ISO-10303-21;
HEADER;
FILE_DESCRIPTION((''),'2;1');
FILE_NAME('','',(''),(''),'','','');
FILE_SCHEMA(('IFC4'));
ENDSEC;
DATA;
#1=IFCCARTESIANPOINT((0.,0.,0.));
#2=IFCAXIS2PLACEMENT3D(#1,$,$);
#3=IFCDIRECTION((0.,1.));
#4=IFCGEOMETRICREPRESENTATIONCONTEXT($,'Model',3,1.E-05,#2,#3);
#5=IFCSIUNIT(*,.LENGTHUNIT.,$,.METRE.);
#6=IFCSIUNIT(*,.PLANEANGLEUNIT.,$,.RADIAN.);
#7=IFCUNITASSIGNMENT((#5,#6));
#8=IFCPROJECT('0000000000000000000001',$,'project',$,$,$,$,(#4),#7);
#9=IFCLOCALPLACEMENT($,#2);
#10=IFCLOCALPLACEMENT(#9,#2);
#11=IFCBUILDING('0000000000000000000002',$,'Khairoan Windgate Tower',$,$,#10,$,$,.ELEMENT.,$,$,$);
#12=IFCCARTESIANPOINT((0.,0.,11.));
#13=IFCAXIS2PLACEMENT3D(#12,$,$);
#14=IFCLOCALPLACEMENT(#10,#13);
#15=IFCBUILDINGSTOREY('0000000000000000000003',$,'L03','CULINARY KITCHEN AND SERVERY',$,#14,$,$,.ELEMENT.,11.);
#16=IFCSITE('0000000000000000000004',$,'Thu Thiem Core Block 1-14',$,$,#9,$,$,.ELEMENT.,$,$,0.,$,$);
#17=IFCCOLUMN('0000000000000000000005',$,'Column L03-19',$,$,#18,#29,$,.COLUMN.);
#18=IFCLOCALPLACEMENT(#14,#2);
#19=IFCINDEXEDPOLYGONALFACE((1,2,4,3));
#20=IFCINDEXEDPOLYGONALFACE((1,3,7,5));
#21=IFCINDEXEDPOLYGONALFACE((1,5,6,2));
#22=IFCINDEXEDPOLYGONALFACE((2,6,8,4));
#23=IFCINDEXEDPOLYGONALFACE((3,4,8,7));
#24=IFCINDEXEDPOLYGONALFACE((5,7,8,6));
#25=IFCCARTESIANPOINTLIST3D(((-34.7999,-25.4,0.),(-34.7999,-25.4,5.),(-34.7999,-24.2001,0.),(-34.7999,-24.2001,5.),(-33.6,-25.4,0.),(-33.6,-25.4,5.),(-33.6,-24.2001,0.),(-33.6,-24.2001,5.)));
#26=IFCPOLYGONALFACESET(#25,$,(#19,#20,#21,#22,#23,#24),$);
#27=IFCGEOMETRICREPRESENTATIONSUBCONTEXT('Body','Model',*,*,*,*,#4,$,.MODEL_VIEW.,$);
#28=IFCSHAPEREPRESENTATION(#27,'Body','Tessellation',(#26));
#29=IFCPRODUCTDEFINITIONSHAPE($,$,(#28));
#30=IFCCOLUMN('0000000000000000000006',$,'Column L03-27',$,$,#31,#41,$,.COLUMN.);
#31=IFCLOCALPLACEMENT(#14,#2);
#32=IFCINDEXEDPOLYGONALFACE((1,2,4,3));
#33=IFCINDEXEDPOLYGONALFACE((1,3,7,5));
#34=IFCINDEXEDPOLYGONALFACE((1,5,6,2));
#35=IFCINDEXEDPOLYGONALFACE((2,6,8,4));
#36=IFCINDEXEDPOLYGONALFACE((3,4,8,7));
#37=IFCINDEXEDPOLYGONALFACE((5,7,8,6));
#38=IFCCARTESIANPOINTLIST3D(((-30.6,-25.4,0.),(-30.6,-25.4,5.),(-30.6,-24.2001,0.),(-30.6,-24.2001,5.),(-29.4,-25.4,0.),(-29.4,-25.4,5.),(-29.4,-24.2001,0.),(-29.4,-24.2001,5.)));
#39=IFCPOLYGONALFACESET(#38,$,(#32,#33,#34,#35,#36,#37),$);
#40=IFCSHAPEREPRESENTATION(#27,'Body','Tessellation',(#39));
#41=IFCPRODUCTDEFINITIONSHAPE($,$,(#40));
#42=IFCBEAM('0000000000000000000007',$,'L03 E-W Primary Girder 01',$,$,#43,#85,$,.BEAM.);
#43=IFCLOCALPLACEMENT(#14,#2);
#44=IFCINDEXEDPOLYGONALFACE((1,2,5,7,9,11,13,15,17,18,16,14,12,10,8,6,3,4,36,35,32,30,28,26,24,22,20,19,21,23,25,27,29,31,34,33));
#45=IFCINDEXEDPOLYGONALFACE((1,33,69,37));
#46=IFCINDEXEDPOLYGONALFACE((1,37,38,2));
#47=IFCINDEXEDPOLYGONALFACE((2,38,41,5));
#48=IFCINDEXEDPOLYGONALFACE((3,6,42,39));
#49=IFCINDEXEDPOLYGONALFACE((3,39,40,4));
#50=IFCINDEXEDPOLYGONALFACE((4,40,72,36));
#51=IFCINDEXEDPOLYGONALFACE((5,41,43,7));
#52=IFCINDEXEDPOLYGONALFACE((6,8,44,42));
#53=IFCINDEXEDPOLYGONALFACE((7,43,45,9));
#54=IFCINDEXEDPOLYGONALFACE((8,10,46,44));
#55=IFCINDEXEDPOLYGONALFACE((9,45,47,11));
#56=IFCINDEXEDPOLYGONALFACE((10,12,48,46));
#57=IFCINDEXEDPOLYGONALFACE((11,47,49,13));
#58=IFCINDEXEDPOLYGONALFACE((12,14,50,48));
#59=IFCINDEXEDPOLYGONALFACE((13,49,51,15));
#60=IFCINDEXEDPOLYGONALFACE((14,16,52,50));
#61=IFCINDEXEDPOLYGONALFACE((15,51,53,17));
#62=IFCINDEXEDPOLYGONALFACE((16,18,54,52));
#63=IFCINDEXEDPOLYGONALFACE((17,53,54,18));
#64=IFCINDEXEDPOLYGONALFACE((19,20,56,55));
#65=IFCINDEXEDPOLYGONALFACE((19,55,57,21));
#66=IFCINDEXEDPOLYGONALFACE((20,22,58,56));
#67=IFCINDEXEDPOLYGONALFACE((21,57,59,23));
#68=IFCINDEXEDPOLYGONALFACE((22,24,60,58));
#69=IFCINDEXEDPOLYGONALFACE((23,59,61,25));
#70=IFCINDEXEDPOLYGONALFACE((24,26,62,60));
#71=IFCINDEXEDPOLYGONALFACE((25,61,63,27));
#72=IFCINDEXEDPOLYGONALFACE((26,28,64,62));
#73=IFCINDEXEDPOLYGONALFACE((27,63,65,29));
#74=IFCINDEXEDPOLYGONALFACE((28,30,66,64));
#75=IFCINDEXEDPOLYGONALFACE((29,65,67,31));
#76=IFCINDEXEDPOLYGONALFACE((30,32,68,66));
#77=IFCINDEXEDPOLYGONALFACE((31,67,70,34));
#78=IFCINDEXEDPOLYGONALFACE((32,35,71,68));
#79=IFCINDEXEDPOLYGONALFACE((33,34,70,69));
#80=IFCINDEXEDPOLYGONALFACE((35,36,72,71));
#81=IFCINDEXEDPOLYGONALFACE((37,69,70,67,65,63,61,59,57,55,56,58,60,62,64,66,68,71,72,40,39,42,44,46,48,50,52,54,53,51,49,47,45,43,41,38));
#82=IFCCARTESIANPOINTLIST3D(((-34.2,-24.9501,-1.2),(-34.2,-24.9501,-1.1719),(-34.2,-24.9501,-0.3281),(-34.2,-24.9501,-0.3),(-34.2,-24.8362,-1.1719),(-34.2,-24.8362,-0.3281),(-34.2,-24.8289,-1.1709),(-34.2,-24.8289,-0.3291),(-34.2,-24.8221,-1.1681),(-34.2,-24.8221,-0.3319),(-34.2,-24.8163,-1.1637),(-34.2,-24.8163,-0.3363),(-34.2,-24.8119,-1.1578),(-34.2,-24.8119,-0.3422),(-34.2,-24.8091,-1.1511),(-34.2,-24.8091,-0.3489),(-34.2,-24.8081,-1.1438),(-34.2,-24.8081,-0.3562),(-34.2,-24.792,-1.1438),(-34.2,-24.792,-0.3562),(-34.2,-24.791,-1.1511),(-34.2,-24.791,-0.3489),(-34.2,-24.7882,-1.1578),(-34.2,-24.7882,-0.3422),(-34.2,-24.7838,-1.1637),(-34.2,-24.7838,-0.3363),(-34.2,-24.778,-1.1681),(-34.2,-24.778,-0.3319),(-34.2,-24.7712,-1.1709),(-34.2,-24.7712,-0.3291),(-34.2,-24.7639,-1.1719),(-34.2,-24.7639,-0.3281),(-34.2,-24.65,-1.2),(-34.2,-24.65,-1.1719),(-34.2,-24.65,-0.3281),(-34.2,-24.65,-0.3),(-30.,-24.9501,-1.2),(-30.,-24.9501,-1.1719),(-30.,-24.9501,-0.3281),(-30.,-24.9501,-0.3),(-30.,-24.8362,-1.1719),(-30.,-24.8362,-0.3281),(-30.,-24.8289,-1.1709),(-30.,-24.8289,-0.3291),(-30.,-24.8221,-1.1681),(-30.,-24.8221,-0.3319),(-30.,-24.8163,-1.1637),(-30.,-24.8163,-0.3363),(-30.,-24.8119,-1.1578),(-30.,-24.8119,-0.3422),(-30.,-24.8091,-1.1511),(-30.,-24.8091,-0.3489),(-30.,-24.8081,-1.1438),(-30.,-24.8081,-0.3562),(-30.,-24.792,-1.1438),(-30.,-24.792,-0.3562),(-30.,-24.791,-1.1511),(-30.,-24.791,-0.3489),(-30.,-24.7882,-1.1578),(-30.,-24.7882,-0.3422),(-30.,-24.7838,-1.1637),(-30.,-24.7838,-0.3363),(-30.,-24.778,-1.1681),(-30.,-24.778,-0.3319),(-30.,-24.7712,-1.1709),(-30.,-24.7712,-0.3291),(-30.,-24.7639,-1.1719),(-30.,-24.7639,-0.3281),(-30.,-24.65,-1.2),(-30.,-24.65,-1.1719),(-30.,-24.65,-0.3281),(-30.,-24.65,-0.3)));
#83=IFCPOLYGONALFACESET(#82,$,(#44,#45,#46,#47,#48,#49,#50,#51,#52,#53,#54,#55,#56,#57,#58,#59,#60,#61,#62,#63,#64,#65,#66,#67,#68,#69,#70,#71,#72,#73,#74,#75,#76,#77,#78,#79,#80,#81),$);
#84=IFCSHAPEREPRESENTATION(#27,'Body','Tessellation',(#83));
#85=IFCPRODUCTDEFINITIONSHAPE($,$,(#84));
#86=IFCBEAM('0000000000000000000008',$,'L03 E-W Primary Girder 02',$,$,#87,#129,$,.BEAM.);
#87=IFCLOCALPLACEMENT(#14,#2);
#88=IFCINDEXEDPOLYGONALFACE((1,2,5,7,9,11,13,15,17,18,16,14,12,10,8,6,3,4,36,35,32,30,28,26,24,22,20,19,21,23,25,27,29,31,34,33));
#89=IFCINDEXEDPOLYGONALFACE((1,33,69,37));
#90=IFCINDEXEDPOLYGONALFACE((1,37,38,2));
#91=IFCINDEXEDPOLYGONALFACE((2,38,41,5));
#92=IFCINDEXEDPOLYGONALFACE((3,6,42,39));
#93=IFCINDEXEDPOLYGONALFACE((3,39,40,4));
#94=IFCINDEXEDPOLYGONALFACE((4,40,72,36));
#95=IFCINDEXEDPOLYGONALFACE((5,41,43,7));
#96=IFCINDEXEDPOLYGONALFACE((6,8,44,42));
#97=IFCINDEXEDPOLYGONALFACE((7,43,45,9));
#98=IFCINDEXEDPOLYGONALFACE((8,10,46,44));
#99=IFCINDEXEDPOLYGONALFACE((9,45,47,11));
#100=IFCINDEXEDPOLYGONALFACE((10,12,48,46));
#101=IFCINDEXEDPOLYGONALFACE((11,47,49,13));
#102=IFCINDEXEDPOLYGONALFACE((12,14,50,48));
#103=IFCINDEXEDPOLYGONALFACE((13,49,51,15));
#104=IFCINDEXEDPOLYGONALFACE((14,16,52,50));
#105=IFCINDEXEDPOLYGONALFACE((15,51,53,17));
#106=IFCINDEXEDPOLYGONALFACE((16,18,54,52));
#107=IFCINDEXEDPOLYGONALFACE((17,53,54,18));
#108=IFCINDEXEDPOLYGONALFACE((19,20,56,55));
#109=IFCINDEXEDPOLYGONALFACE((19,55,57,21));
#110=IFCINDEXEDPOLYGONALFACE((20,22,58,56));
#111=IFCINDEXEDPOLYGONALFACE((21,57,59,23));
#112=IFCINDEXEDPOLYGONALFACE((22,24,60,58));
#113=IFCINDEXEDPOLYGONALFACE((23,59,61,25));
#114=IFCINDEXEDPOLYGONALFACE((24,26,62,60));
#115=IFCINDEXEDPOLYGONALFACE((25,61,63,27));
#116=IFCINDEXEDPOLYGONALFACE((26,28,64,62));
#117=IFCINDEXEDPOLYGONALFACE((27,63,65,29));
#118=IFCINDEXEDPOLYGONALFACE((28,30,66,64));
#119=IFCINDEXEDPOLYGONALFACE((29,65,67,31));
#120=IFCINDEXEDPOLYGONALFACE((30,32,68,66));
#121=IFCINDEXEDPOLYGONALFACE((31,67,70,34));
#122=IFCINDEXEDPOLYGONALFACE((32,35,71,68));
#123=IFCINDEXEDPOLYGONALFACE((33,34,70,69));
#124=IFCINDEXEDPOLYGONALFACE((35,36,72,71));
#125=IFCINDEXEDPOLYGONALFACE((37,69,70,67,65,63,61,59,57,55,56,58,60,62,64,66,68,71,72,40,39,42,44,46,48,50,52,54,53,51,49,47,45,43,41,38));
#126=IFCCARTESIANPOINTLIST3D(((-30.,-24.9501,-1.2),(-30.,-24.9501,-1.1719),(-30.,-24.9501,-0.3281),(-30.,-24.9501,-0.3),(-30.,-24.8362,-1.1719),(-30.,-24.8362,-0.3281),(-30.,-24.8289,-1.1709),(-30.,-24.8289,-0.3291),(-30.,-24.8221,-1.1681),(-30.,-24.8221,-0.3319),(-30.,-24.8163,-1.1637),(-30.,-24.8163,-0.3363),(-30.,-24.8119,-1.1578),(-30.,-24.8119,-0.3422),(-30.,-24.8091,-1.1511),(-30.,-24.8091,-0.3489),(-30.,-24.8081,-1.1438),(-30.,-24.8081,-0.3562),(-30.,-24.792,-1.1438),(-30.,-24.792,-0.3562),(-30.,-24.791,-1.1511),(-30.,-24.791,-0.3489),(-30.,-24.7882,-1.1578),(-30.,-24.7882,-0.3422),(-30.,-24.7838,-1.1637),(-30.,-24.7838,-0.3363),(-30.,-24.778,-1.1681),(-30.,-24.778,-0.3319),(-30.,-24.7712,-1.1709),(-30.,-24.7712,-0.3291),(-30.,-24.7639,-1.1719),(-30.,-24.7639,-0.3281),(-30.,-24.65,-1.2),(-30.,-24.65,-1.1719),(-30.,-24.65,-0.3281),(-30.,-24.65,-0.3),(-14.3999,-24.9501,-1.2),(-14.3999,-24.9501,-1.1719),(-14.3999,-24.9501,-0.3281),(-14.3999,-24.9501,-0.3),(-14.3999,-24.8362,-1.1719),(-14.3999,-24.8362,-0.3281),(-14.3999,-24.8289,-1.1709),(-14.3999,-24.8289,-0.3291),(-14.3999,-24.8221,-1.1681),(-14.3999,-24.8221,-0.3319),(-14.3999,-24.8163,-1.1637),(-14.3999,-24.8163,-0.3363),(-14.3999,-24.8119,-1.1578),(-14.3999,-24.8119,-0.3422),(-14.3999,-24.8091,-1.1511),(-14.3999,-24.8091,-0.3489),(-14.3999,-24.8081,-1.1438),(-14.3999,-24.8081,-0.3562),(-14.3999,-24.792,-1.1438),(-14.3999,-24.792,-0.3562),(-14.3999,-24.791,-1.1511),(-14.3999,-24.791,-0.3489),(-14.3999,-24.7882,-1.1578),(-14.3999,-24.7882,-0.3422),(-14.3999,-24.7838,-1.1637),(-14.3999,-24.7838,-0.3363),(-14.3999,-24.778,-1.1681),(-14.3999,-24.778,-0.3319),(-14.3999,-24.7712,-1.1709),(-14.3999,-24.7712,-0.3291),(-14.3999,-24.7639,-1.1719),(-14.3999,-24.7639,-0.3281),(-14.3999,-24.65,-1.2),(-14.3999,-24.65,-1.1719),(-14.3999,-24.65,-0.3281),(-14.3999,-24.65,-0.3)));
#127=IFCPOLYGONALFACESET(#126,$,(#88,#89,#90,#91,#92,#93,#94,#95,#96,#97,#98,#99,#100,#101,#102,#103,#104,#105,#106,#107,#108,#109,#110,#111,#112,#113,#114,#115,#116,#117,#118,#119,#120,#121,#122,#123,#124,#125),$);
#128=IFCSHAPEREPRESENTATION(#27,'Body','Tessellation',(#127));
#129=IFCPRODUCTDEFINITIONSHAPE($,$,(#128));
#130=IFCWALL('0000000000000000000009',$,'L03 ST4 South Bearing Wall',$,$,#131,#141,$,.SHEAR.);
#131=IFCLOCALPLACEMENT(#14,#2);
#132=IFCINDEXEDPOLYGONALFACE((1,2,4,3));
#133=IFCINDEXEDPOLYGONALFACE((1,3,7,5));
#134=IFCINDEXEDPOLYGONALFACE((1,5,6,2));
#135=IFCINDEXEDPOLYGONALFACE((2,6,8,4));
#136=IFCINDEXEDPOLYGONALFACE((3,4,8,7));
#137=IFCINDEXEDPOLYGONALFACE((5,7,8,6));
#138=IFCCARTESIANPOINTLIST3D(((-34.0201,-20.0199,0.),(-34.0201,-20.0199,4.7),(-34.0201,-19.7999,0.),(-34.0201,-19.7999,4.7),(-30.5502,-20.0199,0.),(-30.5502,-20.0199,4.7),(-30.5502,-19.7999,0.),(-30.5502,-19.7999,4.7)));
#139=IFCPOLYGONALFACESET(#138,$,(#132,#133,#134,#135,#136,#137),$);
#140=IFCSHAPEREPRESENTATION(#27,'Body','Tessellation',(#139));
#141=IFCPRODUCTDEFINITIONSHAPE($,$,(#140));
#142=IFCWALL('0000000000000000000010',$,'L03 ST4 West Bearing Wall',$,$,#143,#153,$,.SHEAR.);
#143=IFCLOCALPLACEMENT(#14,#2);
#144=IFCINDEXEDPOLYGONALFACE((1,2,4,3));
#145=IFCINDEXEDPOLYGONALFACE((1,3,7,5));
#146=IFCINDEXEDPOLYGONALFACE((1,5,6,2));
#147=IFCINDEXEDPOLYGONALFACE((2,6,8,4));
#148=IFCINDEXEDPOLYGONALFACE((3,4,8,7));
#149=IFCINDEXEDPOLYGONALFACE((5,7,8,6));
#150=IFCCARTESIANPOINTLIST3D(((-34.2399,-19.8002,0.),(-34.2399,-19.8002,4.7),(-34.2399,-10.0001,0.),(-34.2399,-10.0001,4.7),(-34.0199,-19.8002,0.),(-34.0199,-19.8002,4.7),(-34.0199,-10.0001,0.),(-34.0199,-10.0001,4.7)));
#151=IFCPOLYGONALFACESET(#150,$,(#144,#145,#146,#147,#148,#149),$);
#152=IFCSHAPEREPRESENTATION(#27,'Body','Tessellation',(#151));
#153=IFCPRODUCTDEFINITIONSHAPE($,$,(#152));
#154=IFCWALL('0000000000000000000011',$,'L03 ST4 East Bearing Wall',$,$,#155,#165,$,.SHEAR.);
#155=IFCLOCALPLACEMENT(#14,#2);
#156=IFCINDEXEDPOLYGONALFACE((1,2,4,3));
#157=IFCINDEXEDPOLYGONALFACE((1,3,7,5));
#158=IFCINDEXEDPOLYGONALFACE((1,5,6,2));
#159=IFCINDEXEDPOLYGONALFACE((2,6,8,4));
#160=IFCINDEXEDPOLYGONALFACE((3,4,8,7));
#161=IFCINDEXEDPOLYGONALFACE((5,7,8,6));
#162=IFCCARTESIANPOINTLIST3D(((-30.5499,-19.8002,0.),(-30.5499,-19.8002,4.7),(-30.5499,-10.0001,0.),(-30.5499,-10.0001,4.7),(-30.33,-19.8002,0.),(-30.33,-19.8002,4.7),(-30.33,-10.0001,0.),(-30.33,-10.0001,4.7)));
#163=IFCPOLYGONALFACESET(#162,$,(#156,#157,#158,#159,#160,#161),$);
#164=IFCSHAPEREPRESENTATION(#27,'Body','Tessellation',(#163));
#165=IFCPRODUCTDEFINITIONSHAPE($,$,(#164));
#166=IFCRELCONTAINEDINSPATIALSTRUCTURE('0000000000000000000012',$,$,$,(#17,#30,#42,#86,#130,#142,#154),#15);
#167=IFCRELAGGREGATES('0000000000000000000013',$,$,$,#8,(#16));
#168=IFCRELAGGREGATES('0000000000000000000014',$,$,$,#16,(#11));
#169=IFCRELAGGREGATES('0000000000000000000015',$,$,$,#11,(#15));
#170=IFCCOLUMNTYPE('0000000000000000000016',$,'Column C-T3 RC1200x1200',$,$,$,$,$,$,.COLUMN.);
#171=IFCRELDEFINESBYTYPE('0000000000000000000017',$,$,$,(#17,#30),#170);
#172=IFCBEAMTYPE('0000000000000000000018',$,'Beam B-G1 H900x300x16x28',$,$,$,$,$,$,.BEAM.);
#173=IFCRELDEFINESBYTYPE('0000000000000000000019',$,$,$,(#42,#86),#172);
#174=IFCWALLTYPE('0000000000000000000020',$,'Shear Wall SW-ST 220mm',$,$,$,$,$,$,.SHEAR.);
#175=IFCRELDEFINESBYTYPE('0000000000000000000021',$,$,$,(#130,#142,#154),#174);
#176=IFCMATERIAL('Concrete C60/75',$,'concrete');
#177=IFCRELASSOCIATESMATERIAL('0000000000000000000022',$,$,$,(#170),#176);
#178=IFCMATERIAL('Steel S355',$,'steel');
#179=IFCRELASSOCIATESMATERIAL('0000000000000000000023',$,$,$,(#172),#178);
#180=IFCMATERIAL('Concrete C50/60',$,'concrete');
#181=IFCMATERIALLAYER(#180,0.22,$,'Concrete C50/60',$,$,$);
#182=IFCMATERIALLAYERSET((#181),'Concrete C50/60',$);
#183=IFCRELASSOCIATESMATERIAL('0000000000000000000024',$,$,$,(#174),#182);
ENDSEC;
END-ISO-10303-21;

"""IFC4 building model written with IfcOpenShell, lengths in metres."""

from ifc_helpers import new_model, si_unit, direction, frame, frame_2d, origin, origin_2d, place, context, subcontext, project, spatial, rectangle, i_section, extrude, material, layer, layer_set, material_profile, profile_set, type_object, element, save


model = new_model("IFC4")

# Units and contexts
model_context = context("Model", 3, precision=1e-05, world=origin(), true_north=direction((0.0, 1.0)))
body_context = subcontext(model_context, "Body", "Model", "MODEL_VIEW")
ifc_project = project(units=[si_unit("LENGTHUNIT", "METRE"), si_unit("PLANEANGLEUNIT", "RADIAN")], contexts=[model_context])

# Site, building, storey
site_placement = place(None, origin())
site = spatial("IfcSite", under=ifc_project, at=site_placement, Name="Thu Thiem Core Block 1-14", CompositionType="ELEMENT", RefElevation=0.0)
building_placement = place(site_placement, origin())
building = spatial("IfcBuilding", under=site, at=building_placement, Name="Khairoan Windgate Tower", CompositionType="ELEMENT")
storey_placement = place(building_placement, frame((0.0, 0.0, 11.0)))
storey = spatial("IfcBuildingStorey", under=building, at=storey_placement, Name="L03", Description="CULINARY KITCHEN AND SERVERY", CompositionType="ELEMENT", Elevation=11.0)

# Columns
ifc_material_1 = material(Name="Concrete C60/75", Category="concrete")
ifc_material_profile_1 = material_profile(ifc_material_1, rectangle(XDim=1.2, YDim=1.2, at=origin_2d()))
ifc_profile_set_1 = profile_set([ifc_material_profile_1], Name="Concrete C60/75")
column_type = type_object("IfcColumnType", Name="Column C-T3 RC1200x1200", PredefinedType="COLUMN", material=ifc_profile_set_1)
for number, where, z_axis, x_axis, name in (
    (1, (-34.2, -24.8, 0.0), (0.0, 0.0, 1.0), (1.0, 0.0, 0.0), "Column L03-19"),
    (2, (-30.0, -24.8, 0.0), (0.0, 0.0, 1.0), (1.0, 0.0, 0.0), "Column L03-27"),
):
    element("IfcColumn", number, at=place(storey_placement, frame(where, z_axis=z_axis, x_axis=x_axis)), inside=storey, type_object=column_type, Name=name, PredefinedType="COLUMN", context=body_context, shape_type="SweptSolid", body=[
        extrude(rectangle(XDim=1.2, YDim=1.2, at=origin_2d()), origin(), (0.0, 0.0, 1.0), 5.0),
    ])

# Beams
ifc_material_2 = material(Name="Steel S355", Category="steel")
ifc_material_profile_2 = material_profile(ifc_material_2, i_section(OverallWidth=0.3, OverallDepth=0.8999, WebThickness=0.0161, FlangeThickness=0.0281, FilletRadius=0.0281, at=origin_2d()))
ifc_profile_set_2 = profile_set([ifc_material_profile_2], Name="Steel S355")
beam_type = type_object("IfcBeamType", Name="Beam B-G1 H900x300x16x28", PredefinedType="BEAM", material=ifc_profile_set_2)
beam_1_placement = place(storey_placement, frame((-34.2, -24.8, -0.75), z_axis=(1.0, 0.0, 0.0), x_axis=(0.0, 1.0, 0.0)))
element("IfcBeam", 3, at=beam_1_placement, inside=storey, type_object=beam_type, Name="L03 E-W Primary Girder 01", PredefinedType="BEAM", context=body_context, shape_type="SweptSolid", body=[
    extrude(i_section(OverallWidth=0.3, OverallDepth=0.8999, WebThickness=0.0161, FlangeThickness=0.0281, FilletRadius=0.0281, at=origin_2d()), origin(), (0.0, 0.0, 1.0), 4.2),
])
beam_2_placement = place(storey_placement, frame((-30.0, -24.8, -0.75), z_axis=(1.0, 0.0, 0.0), x_axis=(0.0, 1.0, 0.0)))
element("IfcBeam", 4, at=beam_2_placement, inside=storey, type_object=beam_type, Name="L03 E-W Primary Girder 02", PredefinedType="BEAM", context=body_context, shape_type="SweptSolid", body=[
    extrude(i_section(OverallWidth=0.3, OverallDepth=0.8999, WebThickness=0.0161, FlangeThickness=0.0281, FilletRadius=0.0281, at=origin_2d()), origin(), (0.0, 0.0, 1.0), 15.6001),
])

# Walls
ifc_material_3 = material(Name="Concrete C50/60", Category="concrete")
ifc_layer_1 = layer(ifc_material_3, 0.22, Name="Concrete C50/60")
ifc_layer_set_1 = layer_set([ifc_layer_1], Name="Concrete C50/60")
wall_type = type_object("IfcWallType", Name="Shear Wall SW-ST 220mm", PredefinedType="SHEAR", material=ifc_layer_set_1)
wall_placement = place(storey_placement, frame((-34.02, -19.9099, 0.0), z_axis=(0.0, 0.0, 1.0), x_axis=(1.0, 0.0, 0.0)))
element("IfcWall", 5, at=wall_placement, inside=storey, type_object=wall_type, Name="L03 ST4 South Bearing Wall", PredefinedType="SHEAR", context=body_context, shape_type="SweptSolid", body=[
    extrude(rectangle(XDim=3.47, YDim=0.22, at=frame_2d((1.7349, 0.0))), origin(), (0.0, 0.0, 1.0), 4.7),
])
for number, where, z_axis, x_axis, name in (
    (6, (-34.1299, -19.8, 0.0), (0.0, 0.0, 1.0), (0.0, 1.0, 0.0), "L03 ST4 West Bearing Wall"),
    (7, (-30.4399, -19.8, 0.0), (0.0, 0.0, 1.0), (0.0, 1.0, 0.0), "L03 ST4 East Bearing Wall"),
):
    element("IfcWall", number, at=place(storey_placement, frame(where, z_axis=z_axis, x_axis=x_axis)), inside=storey, type_object=wall_type, Name=name, PredefinedType="SHEAR", context=body_context, shape_type="SweptSolid", body=[
        extrude(rectangle(XDim=9.8, YDim=0.22, at=frame_2d((4.8999, 0.0))), origin(), (0.0, 0.0, 1.0), 4.7),
    ])

save(model, "model.ifc")
